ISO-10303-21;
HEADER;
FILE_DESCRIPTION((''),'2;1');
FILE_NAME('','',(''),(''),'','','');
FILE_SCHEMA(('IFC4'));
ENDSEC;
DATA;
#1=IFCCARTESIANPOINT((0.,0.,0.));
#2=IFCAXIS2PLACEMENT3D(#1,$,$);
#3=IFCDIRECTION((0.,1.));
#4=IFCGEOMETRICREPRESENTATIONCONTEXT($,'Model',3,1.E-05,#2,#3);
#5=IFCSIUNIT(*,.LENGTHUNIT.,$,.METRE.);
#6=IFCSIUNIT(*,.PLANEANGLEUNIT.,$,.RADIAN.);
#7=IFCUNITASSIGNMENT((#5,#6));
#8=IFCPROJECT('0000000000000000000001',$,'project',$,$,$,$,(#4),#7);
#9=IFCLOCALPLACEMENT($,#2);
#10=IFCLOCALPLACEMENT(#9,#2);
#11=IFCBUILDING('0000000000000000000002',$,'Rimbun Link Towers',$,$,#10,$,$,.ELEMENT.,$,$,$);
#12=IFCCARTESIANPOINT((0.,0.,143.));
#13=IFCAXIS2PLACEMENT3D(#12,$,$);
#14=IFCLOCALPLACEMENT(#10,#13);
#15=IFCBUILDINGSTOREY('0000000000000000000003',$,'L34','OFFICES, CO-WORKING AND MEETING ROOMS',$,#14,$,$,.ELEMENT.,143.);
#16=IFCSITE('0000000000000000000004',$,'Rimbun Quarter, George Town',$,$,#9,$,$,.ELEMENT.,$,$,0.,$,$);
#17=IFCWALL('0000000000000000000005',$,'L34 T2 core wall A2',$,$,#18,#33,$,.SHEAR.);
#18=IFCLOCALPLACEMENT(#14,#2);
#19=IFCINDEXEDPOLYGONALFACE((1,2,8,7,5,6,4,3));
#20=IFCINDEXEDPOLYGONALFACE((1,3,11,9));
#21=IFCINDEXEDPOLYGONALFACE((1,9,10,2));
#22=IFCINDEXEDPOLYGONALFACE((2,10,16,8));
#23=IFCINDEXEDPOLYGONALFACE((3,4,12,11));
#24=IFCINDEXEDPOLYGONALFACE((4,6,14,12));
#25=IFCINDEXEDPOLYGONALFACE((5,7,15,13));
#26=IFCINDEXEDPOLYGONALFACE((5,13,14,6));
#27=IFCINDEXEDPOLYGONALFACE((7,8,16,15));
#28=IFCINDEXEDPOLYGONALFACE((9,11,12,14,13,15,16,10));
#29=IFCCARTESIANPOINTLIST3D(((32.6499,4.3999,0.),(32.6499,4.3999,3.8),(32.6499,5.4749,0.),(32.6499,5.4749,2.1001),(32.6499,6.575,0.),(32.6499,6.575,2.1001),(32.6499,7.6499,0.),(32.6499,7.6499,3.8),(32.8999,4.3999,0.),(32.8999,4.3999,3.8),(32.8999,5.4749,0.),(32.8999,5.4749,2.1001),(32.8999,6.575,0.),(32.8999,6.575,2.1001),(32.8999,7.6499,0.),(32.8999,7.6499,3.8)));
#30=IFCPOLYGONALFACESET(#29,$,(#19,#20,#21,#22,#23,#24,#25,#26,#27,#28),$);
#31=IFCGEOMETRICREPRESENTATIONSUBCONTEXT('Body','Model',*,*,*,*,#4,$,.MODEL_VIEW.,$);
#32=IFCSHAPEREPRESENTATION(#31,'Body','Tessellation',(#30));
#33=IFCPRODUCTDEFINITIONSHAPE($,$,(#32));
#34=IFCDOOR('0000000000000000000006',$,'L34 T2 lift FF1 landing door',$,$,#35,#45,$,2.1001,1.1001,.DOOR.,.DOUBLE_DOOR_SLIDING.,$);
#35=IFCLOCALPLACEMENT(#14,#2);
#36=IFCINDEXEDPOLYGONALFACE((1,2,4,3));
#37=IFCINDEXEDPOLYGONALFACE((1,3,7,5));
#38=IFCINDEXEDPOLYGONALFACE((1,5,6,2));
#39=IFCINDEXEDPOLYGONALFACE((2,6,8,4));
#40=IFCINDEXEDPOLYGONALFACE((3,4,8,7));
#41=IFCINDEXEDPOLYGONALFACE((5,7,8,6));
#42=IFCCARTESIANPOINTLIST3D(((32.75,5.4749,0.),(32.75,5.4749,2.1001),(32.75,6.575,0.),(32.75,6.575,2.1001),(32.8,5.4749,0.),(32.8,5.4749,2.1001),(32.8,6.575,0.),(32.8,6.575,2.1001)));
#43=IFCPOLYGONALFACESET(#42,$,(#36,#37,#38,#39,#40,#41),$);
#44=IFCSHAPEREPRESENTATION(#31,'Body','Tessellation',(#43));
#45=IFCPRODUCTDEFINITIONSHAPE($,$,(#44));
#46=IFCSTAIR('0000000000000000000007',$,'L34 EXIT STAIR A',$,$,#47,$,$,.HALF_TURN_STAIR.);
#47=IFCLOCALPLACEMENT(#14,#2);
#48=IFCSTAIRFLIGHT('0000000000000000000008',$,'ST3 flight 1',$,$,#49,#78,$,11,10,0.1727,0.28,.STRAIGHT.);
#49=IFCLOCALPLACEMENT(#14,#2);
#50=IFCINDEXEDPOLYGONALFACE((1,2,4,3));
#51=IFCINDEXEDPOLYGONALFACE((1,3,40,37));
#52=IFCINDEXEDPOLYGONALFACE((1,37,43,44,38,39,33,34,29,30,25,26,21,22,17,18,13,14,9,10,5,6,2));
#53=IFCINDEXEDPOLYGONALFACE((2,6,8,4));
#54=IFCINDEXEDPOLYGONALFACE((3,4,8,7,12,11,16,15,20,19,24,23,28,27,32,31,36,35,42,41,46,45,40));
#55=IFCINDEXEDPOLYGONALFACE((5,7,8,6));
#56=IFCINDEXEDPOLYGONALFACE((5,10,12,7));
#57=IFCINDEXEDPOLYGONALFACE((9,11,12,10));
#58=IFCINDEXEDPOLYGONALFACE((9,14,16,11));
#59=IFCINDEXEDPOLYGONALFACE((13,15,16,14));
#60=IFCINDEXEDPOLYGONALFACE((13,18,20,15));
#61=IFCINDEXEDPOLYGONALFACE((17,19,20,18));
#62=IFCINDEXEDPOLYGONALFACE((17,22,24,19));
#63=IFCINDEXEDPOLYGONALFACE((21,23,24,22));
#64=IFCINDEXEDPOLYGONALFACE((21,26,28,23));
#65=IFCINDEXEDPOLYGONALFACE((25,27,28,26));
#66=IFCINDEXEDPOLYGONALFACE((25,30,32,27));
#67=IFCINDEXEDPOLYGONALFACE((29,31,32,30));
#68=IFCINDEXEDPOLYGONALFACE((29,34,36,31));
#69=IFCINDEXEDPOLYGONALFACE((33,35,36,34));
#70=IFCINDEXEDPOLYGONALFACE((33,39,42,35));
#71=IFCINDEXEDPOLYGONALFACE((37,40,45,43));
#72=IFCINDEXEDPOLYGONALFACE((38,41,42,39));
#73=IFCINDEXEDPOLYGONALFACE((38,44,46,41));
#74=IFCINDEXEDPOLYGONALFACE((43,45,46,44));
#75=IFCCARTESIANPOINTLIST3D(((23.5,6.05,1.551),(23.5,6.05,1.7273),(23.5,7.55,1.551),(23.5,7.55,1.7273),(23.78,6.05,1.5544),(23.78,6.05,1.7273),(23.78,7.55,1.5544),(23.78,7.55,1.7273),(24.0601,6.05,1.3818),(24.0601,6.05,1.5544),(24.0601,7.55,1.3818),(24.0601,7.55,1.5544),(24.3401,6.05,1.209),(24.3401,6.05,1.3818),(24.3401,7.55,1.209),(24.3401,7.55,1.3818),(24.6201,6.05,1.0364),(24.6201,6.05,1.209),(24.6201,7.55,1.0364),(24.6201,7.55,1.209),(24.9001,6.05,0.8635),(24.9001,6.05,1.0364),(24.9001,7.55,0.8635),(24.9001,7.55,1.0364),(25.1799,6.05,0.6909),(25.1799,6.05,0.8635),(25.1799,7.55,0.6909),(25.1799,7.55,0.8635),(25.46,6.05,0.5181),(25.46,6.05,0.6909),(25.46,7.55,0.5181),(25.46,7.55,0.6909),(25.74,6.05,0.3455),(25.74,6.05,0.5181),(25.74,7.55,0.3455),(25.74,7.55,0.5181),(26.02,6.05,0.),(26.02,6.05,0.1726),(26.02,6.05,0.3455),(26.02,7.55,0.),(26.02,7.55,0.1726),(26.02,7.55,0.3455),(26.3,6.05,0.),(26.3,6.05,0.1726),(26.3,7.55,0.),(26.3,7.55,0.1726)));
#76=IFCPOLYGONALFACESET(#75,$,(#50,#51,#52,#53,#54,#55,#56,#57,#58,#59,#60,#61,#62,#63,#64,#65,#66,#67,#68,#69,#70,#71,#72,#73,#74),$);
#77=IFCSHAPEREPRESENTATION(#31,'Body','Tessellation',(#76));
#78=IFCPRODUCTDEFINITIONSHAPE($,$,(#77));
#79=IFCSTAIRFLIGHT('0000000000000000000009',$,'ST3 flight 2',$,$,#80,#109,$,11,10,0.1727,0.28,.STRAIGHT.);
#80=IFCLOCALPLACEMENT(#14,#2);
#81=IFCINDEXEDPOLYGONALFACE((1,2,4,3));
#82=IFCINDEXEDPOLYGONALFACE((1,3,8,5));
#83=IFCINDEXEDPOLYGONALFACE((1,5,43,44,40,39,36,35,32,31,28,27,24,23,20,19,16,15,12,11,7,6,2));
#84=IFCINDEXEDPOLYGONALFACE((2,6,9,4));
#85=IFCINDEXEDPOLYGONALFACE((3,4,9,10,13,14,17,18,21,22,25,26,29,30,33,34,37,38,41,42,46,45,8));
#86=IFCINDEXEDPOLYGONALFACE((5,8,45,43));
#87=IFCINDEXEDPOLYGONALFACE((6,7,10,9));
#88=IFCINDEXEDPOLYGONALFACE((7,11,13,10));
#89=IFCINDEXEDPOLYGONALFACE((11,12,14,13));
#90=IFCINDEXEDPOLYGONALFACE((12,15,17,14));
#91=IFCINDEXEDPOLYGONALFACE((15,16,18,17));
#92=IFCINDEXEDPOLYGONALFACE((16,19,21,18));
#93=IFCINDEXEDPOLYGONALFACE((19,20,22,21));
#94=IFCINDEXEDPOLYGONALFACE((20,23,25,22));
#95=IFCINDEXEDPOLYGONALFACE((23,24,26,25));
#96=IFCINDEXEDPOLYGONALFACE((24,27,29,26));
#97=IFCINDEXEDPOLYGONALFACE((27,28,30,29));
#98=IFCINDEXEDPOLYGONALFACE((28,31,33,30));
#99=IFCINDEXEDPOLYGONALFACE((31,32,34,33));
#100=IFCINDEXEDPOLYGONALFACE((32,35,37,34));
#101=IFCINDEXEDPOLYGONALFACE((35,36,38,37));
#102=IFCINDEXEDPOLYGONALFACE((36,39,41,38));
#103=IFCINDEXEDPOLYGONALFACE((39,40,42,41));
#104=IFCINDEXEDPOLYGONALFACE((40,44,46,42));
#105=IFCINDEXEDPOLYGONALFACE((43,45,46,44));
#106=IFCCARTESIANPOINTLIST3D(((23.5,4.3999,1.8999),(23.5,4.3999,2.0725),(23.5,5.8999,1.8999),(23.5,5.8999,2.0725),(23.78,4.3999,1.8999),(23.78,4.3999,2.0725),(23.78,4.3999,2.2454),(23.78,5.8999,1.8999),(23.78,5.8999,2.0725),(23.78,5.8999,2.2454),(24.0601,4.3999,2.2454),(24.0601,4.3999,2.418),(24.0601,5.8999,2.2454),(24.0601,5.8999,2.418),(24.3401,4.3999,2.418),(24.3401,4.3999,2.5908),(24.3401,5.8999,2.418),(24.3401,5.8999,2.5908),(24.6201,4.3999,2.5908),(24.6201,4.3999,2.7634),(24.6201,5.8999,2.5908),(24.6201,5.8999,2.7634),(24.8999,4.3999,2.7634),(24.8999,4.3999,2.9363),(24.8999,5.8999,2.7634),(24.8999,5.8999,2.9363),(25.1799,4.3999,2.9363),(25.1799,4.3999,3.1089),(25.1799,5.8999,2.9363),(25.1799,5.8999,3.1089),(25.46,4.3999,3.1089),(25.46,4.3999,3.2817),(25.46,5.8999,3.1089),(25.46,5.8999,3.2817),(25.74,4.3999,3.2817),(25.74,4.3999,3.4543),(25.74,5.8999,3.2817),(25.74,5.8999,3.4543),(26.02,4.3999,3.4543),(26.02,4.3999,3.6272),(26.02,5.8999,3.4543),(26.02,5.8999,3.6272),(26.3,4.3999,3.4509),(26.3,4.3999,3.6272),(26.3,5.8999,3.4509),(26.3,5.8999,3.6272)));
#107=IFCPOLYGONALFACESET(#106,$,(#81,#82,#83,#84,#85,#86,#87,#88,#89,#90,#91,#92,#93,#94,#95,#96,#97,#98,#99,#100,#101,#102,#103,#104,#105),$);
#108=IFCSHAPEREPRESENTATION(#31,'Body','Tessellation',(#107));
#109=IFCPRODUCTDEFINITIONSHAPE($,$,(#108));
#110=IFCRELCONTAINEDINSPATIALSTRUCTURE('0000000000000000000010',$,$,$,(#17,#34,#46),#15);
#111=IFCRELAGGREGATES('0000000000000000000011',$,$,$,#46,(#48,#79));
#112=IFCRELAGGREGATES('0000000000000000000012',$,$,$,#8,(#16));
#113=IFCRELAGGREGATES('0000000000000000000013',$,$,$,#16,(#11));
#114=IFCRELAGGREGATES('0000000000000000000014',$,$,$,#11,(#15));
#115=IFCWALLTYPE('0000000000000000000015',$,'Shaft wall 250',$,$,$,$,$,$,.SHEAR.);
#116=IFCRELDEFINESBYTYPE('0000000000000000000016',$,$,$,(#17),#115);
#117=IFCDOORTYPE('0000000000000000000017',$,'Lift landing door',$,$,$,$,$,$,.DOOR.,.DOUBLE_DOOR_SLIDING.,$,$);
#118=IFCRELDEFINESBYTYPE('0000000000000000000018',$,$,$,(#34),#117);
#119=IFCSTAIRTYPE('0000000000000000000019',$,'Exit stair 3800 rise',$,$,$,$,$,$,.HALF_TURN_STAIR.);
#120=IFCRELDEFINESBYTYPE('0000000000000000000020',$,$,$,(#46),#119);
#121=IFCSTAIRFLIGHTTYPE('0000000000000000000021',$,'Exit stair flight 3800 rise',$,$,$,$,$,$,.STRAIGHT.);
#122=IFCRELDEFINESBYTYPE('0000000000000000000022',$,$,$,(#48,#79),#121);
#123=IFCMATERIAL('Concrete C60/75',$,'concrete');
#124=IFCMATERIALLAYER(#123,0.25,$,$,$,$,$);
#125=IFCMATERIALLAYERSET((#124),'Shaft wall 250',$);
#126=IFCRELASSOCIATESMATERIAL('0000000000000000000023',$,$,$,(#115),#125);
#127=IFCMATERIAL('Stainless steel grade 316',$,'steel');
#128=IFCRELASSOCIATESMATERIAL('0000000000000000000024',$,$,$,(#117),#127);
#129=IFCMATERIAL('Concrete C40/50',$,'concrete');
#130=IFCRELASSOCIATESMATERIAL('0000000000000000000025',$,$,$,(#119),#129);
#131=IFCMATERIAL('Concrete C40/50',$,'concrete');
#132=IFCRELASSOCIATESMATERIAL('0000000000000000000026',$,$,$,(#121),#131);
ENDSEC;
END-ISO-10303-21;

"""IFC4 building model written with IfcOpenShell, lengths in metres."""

from ifc_helpers import new_model, si_unit, direction, frame, frame_2d, origin, place, context, subcontext, project, spatial, polyline, rectangle, outline, extrude, material, layer, layer_set, type_object, element, fill, aggregate, save


model = new_model("IFC4")

# Units and contexts
model_context = context("Model", 3, precision=1e-05, world=origin(), true_north=direction((0.0, 1.0)))
body_context = subcontext(model_context, "Body", "Model", "MODEL_VIEW")
ifc_project = project(units=[si_unit("LENGTHUNIT", "METRE"), si_unit("PLANEANGLEUNIT", "RADIAN")], contexts=[model_context])

# Site, building, storey
site_placement = place(None, origin())
site = spatial("IfcSite", under=ifc_project, at=site_placement, Name="Rimbun Quarter, George Town", CompositionType="ELEMENT", RefElevation=0.0)
building_placement = place(site_placement, origin())
building = spatial("IfcBuilding", under=site, at=building_placement, Name="Rimbun Link Towers", CompositionType="ELEMENT")
storey_placement = place(building_placement, frame((0.0, 0.0, 143.0)))
storey = spatial("IfcBuildingStorey", under=building, at=storey_placement, Name="L34", Description="OFFICES, CO-WORKING AND MEETING ROOMS", CompositionType="ELEMENT", Elevation=143.0)

# Shared definitions
ifc_material_1 = material(Name="Concrete C60/75", Category="concrete")
ifc_layer = layer(ifc_material_1, 0.25)
ifc_layer_set = layer_set([ifc_layer], Name="Shaft wall 250")
wall_type = type_object("IfcWallType", Name="Shaft wall 250", PredefinedType="SHEAR", material=ifc_layer_set)

# Shared definitions
ifc_material_2 = material(Name="Stainless steel grade 316", Category="steel")
door_type_1 = type_object("IfcDoorType", Name="Lift landing door", OperationType="DOUBLE_DOOR_SLIDING", PredefinedType="DOOR", material=ifc_material_2)

# Wall, opening, door
wall_1_placement = place(storey_placement, frame((32.7749, 4.3999, 0.0), z_axis=(0.0, 0.0, 1.0), x_axis=(0.0, 1.0, 0.0)))
wall_1 = element("IfcWall", 1, at=wall_1_placement, inside=storey, type_object=wall_type, Name="L34 T2 core wall A2", PredefinedType="SHEAR", context=body_context, shape_type="SweptSolid", body=[
    extrude(rectangle(XDim=3.25, YDim=0.25, at=frame_2d((1.625, 0.0))), origin(), (0.0, 0.0, 1.0), 3.8),
])
opening_1_placement = place(wall_1_placement, frame((1.075, 0.0, 0.0)))
opening_1 = element("IfcOpeningElement", 2, at=opening_1_placement, cuts=wall_1, PredefinedType="OPENING", context=body_context, shape_type="SweptSolid", body=[
    extrude(rectangle(XDim=1.1001, YDim=2.1001, at=frame_2d((0.55, 1.05))), frame((0.0, 0.135, 0.0), z_axis=(0.0, -1.0, 0.0), x_axis=(1.0, 0.0, 0.0)), (0.0, 0.0, 1.0), 0.27),
])
door_1_placement = place(opening_1_placement, origin())
door_1 = element("IfcDoor", 3, at=door_1_placement, inside=storey, type_object=door_type_1, Name="L34 T2 lift FF1 landing door", OperationType="DOUBLE_DOOR_SLIDING", OverallHeight=2.1001, OverallWidth=1.1001, PredefinedType="DOOR", context=body_context, shape_type="SweptSolid", body=[
    extrude(rectangle(XDim=1.1001, YDim=2.1001, at=frame_2d((0.55, 1.05))), frame((0.0, 0.0249, 0.0), z_axis=(0.0, -1.0, 0.0), x_axis=(1.0, 0.0, 0.0)), (0.0, 0.0, 1.0), 0.05),
])
fill(opening_1, door_1)

# Stair, stair flights
ifc_material_3 = material(Name="Concrete C40/50", Category="concrete")
stair_type = type_object("IfcStairType", Name="Exit stair 3800 rise", PredefinedType="HALF_TURN_STAIR", material=ifc_material_3)
stair_placement = place(storey_placement, origin())
stair = element("IfcStair", 4, at=stair_placement, inside=storey, type_object=stair_type, Name="L34 EXIT STAIR A", PredefinedType="HALF_TURN_STAIR")
ifc_material_4 = material(Name="Concrete C40/50", Category="concrete")
stair_flight_type = type_object("IfcStairFlightType", Name="Exit stair flight 3800 rise", PredefinedType="STRAIGHT", material=ifc_material_4)
stair_flight_1_placement = place(storey_placement, frame((26.3, 6.8, 0.0), z_axis=(0.0, 0.0, 1.0), x_axis=(-1.0, 0.0, 0.0)))
stair_flight_1 = element("IfcStairFlight", 5, at=stair_flight_1_placement, type_object=stair_flight_type, Name="ST3 flight 1", NumberOfRisers=11, NumberOfTreads=10, PredefinedType="STRAIGHT", RiserHeight=0.1727, TreadLength=0.28, context=body_context, shape_type="SweptSolid", body=[
    extrude(outline(polyline([(0.0, 0.0), (0.0, 0.1726), (0.28, 0.1726), (0.28, 0.3455), (0.5601, 0.3455), (0.5601, 0.5181), (0.8401, 0.5181), (0.8401, 0.6909), (1.1201, 0.6909), (1.1201, 0.8635), (1.3999, 0.8635), (1.3999, 1.0364), (1.6799, 1.0364), (1.6799, 1.209), (1.96, 1.209), (1.96, 1.3818), (2.24, 1.3818), (2.24, 1.5544), (2.52, 1.5544), (2.52, 1.7273), (2.8, 1.7273), (2.8, 1.8999), (2.8, 1.551), (0.28, 0.0), (0.0, 0.0)])), frame((0.0, 0.75, 0.0), z_axis=(0.0, -1.0, 0.0), x_axis=(1.0, 0.0, 0.0)), (0.0, 0.0, 1.0), 1.5),
])
stair_flight_2_placement = place(storey_placement, frame((23.5, 5.1499, 1.8999), z_axis=(0.0, 0.0, 1.0), x_axis=(1.0, 0.0, 0.0)))
stair_flight_2 = element("IfcStairFlight", 6, at=stair_flight_2_placement, type_object=stair_flight_type, Name="ST3 flight 2", NumberOfRisers=11, NumberOfTreads=10, PredefinedType="STRAIGHT", RiserHeight=0.1727, TreadLength=0.28, context=body_context, shape_type="SweptSolid", body=[
    extrude(outline(polyline([(0.0, 0.0), (0.0, 0.1726), (0.28, 0.1726), (0.28, 0.3455), (0.5601, 0.3455), (0.5601, 0.5181), (0.8401, 0.5181), (0.8401, 0.6909), (1.1201, 0.6909), (1.1201, 0.8635), (1.3999, 0.8635), (1.3999, 1.0364), (1.6799, 1.0364), (1.6799, 1.209), (1.96, 1.209), (1.96, 1.3818), (2.24, 1.3818), (2.24, 1.5544), (2.52, 1.5544), (2.52, 1.7273), (2.8, 1.7273), (2.8, 1.8999), (2.8, 1.551), (0.28, 0.0), (0.0, 0.0)])), frame((0.0, 0.75, 0.0), z_axis=(0.0, -1.0, 0.0), x_axis=(1.0, 0.0, 0.0)), (0.0, 0.0, 1.0), 1.5),
])
aggregate(stair, [stair_flight_1, stair_flight_2])

save(model, "model.ifc")
